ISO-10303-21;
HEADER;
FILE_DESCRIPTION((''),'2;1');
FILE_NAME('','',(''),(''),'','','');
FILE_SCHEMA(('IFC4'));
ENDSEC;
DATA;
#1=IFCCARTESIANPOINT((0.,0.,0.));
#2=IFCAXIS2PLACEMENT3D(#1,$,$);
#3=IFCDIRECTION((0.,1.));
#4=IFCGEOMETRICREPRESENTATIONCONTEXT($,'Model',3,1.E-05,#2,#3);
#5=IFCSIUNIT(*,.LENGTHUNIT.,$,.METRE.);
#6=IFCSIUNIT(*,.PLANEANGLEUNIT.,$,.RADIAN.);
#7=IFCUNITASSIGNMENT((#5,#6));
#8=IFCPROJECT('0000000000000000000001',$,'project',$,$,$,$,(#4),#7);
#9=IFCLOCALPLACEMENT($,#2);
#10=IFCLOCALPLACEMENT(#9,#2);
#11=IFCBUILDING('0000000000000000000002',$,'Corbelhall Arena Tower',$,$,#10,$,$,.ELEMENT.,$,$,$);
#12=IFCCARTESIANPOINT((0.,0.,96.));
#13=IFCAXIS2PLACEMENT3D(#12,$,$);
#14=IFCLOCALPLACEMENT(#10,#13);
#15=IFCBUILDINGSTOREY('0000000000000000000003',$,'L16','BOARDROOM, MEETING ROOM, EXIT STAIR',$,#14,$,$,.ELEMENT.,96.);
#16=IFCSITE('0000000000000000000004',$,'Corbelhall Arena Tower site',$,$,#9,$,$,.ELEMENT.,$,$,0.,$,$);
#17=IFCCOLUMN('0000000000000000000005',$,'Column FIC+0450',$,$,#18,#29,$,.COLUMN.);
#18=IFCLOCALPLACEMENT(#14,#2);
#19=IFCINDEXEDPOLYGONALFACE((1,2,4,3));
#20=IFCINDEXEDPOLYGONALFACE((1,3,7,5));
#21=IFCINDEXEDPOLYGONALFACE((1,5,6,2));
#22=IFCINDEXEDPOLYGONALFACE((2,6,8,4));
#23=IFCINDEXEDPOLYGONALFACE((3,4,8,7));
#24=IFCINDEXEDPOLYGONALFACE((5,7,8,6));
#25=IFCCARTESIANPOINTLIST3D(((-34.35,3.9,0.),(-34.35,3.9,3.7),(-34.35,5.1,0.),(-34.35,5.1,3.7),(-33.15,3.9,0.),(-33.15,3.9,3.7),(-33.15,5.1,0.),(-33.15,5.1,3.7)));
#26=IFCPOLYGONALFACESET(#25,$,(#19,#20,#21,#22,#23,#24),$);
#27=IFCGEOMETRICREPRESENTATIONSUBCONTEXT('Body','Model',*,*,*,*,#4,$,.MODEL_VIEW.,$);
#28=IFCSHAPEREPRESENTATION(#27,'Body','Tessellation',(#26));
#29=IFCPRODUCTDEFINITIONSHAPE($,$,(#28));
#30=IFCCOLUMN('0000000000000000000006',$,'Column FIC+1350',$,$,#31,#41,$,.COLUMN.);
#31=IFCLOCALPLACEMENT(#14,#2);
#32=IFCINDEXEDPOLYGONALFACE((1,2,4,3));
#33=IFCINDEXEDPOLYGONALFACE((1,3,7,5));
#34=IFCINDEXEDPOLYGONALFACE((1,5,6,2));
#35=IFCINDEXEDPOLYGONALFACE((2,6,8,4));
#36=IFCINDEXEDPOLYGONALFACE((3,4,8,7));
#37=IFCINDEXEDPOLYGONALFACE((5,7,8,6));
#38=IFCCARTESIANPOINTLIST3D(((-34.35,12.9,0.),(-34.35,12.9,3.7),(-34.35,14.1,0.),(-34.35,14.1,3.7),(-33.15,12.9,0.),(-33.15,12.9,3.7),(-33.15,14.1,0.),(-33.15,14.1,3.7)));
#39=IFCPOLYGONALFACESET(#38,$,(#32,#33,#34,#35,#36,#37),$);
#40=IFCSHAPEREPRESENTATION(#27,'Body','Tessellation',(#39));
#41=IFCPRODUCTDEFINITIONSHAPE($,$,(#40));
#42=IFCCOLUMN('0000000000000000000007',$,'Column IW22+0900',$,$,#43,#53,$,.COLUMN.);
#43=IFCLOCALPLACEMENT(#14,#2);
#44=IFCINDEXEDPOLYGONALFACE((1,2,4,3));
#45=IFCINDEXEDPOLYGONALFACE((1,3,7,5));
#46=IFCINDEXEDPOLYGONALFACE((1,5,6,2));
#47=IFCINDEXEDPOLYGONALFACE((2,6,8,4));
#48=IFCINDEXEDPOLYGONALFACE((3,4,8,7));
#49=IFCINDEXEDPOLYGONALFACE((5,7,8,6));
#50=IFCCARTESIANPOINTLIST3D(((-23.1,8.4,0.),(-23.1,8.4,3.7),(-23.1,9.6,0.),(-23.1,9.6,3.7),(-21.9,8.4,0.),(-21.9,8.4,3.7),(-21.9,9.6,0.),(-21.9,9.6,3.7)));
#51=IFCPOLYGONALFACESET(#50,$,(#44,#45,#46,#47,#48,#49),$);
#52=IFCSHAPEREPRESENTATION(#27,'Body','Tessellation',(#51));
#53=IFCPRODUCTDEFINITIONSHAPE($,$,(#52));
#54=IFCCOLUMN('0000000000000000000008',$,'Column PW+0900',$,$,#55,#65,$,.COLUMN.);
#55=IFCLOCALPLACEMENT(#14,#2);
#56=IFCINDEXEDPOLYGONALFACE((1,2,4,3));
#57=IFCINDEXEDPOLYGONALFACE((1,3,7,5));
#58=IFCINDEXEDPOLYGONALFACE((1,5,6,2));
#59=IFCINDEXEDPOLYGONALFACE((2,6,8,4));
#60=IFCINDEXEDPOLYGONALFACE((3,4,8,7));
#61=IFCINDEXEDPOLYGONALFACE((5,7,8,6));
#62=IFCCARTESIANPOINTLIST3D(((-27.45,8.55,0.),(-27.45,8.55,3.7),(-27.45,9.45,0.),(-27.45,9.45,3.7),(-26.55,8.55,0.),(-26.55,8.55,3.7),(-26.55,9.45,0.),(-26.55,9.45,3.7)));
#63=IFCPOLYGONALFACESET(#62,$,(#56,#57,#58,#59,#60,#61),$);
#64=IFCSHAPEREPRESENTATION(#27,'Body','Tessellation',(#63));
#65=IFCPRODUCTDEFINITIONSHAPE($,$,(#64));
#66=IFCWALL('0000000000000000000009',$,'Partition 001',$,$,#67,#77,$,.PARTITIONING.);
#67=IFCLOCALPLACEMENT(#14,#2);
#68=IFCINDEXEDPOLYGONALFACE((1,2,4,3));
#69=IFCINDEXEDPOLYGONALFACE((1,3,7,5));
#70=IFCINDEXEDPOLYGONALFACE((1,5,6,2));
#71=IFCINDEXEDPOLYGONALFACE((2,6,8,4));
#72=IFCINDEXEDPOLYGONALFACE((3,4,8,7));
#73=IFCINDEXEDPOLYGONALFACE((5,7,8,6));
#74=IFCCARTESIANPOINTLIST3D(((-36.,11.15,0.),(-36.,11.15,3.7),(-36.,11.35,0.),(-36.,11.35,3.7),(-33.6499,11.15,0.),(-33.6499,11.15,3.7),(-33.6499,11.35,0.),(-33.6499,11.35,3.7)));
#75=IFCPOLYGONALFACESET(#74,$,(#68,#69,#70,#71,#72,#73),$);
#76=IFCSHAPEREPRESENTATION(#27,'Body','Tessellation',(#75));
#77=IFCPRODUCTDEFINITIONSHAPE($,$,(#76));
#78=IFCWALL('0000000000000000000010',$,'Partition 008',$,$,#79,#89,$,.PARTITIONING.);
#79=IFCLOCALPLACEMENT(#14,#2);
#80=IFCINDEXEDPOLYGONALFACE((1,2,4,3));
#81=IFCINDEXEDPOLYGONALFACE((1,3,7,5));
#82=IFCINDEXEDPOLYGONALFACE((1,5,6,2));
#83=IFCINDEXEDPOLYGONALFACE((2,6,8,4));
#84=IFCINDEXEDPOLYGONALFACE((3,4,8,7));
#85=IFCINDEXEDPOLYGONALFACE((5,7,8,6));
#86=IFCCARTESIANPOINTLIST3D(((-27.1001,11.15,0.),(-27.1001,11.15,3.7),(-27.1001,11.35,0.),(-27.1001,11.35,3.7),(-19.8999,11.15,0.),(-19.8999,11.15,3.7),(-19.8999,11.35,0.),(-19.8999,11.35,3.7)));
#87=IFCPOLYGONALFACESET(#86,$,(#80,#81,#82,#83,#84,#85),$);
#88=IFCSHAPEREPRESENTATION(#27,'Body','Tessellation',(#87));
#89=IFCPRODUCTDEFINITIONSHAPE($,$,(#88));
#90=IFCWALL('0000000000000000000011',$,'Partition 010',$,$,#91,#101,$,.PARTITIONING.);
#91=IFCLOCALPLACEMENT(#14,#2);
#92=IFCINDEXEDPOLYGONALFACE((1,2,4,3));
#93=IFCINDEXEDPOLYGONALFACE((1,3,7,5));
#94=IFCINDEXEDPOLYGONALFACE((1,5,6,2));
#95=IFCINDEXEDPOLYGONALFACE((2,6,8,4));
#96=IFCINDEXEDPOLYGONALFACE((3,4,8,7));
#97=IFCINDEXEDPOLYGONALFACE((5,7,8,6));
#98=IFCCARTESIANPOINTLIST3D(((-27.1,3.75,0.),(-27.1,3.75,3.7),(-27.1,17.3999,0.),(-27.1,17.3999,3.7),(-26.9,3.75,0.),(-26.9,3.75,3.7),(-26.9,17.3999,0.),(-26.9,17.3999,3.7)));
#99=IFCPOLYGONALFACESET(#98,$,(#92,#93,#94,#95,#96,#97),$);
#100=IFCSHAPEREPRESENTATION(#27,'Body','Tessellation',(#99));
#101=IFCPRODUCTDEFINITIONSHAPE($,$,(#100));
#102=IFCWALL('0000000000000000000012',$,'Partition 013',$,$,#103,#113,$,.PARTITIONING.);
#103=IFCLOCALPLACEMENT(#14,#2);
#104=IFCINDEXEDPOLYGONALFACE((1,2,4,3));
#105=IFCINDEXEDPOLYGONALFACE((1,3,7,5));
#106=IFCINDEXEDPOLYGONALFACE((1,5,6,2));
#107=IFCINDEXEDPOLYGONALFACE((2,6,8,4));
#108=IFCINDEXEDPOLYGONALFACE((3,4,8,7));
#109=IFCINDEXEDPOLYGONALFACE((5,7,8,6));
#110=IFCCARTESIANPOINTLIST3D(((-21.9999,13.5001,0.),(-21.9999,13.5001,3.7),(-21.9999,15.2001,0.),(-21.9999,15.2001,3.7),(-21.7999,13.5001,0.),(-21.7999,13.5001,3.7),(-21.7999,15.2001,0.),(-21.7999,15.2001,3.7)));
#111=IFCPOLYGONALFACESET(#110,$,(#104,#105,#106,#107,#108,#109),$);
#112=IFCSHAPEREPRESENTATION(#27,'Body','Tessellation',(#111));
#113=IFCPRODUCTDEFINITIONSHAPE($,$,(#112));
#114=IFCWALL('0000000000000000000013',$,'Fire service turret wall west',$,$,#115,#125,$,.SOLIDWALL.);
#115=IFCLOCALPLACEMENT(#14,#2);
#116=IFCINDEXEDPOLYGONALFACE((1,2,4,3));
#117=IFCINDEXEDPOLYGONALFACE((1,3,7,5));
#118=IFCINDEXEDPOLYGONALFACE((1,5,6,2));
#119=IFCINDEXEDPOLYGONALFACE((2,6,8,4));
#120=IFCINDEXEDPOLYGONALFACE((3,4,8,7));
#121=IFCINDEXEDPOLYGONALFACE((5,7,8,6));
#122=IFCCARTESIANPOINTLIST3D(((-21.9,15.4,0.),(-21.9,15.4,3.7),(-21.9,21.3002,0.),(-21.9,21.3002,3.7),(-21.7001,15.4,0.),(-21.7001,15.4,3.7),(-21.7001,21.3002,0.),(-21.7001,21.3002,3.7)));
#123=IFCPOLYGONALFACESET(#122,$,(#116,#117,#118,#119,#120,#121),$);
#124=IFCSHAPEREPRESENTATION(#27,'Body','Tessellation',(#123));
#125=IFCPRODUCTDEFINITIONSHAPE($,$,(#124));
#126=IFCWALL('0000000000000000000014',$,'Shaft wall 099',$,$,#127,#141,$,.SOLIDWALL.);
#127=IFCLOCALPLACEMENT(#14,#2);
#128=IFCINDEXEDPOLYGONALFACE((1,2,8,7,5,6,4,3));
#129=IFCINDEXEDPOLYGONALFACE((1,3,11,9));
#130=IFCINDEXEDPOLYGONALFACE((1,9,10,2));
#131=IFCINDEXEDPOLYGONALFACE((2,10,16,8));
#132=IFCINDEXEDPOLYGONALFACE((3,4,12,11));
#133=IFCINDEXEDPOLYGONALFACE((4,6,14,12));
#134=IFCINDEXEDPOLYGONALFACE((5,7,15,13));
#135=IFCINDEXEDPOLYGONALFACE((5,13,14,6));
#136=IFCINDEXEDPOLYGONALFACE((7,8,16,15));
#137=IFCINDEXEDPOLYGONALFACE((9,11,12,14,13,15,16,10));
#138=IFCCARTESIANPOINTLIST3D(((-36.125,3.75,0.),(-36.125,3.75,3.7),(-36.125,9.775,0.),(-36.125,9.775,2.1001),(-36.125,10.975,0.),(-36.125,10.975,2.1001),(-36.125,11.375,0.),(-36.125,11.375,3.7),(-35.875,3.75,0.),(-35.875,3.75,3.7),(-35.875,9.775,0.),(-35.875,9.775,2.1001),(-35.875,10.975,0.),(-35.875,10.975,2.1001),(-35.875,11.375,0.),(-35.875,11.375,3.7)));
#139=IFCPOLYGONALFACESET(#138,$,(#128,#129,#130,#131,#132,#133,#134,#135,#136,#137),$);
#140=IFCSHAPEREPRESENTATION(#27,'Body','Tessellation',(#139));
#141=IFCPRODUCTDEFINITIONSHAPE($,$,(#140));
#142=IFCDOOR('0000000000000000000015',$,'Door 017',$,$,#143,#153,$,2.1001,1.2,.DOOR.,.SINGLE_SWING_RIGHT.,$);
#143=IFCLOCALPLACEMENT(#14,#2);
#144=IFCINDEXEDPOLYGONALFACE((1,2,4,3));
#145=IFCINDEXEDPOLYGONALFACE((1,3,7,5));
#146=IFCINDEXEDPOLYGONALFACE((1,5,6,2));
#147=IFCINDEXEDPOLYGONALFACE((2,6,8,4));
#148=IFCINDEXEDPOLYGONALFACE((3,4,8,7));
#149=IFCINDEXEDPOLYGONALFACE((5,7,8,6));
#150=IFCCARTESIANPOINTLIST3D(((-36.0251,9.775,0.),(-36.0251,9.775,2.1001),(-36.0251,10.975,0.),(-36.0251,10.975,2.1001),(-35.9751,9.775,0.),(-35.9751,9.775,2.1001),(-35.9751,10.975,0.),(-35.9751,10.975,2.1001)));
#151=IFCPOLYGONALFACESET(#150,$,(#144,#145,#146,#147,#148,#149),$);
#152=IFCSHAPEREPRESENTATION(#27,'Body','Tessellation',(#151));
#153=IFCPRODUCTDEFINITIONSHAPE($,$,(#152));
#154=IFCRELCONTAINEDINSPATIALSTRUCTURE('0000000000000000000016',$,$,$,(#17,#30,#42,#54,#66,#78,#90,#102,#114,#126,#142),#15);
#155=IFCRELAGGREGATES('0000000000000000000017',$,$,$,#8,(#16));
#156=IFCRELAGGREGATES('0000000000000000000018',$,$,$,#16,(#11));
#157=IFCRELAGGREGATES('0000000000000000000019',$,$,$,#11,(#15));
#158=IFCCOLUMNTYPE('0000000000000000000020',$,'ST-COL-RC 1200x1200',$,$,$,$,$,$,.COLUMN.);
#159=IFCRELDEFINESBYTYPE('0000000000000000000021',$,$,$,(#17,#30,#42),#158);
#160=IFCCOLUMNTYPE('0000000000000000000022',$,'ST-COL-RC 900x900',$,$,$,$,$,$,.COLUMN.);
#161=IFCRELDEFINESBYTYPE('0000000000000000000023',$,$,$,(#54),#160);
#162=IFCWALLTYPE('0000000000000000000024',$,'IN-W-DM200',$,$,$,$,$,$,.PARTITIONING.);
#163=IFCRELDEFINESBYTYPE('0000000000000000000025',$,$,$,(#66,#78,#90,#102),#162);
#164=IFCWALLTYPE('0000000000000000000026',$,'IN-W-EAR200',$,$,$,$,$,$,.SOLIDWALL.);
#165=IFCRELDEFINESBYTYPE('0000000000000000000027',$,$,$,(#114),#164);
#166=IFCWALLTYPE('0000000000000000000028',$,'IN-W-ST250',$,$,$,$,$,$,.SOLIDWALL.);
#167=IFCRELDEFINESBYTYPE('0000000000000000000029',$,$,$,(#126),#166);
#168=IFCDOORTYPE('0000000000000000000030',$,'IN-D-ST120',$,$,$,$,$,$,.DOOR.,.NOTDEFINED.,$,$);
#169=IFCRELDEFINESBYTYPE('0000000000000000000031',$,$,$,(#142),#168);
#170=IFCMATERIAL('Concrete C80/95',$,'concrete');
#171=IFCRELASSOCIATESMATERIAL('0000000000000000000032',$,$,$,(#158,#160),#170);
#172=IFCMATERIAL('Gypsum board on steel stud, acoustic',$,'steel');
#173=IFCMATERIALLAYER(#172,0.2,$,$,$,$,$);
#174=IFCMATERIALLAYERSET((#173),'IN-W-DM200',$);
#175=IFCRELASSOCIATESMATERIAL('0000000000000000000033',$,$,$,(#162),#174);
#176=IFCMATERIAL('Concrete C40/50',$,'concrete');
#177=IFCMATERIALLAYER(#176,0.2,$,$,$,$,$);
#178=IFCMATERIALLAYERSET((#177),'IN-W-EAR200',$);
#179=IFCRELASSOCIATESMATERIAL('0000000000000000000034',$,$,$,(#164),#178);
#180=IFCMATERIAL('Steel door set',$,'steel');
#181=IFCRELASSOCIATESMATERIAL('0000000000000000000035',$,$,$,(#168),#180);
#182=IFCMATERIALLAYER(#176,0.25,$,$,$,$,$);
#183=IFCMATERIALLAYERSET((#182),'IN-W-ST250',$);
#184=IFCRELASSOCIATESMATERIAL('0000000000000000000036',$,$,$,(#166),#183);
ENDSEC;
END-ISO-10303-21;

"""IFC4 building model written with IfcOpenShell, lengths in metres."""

from ifc_helpers import new_model, si_unit, direction, frame, frame_2d, origin, origin_2d, place, context, subcontext, project, spatial, rectangle, extrude, material, layer, layer_set, material_profile, profile_set, type_object, element, fill, save


model = new_model("IFC4")

# Units and contexts
model_context = context("Model", 3, precision=1e-05, world=origin(), true_north=direction((0.0, 1.0)))
body_context = subcontext(model_context, "Body", "Model", "MODEL_VIEW")
ifc_project = project(units=[si_unit("LENGTHUNIT", "METRE"), si_unit("PLANEANGLEUNIT", "RADIAN")], contexts=[model_context])

# Site, building, storey
site_placement = place(None, origin())
site = spatial("IfcSite", under=ifc_project, at=site_placement, Name="Corbelhall Arena Tower site", CompositionType="ELEMENT", RefElevation=0.0)
building_placement = place(site_placement, origin())
building = spatial("IfcBuilding", under=site, at=building_placement, Name="Corbelhall Arena Tower", CompositionType="ELEMENT")
storey_placement = place(building_placement, frame((0.0, 0.0, 96.0)))
storey = spatial("IfcBuildingStorey", under=building, at=storey_placement, Name="L16", Description="BOARDROOM, MEETING ROOM, EXIT STAIR", CompositionType="ELEMENT", Elevation=96.0)

# Columns
ifc_material_1 = material(Name="Concrete C80/95", Category="concrete")
ifc_material_profile_1 = material_profile(ifc_material_1, rectangle(XDim=1.2, YDim=1.2, at=origin_2d()))
ifc_profile_set_1 = profile_set([ifc_material_profile_1], Name="Concrete C80/95")
column_type_1 = type_object("IfcColumnType", Name="ST-COL-RC 1200x1200", PredefinedType="COLUMN", material=ifc_profile_set_1)
for number, where, z_axis, x_axis, name in (
    (1, (-33.75, 4.5, 0.0), (0.0, 0.0, 1.0), (1.0, 0.0, 0.0), "Column FIC+0450"),
    (2, (-33.75, 13.5, 0.0), (0.0, 0.0, 1.0), (1.0, 0.0, 0.0), "Column FIC+1350"),
    (3, (-22.5, 9.0, 0.0), (0.0, 0.0, 1.0), (1.0, 0.0, 0.0), "Column IW22+0900"),
):
    element("IfcColumn", number, at=place(storey_placement, frame(where, z_axis=z_axis, x_axis=x_axis)), inside=storey, type_object=column_type_1, Name=name, PredefinedType="COLUMN", context=body_context, shape_type="SweptSolid", body=[
        extrude(rectangle(XDim=1.2, YDim=1.2, at=origin_2d()), origin(), (0.0, 0.0, 1.0), 3.7),
    ])
ifc_material_profile_2 = material_profile(ifc_material_1, rectangle(XDim=0.8999, YDim=0.8999, at=origin_2d()))
ifc_profile_set_2 = profile_set([ifc_material_profile_2], Name="Concrete C80/95")
column_type_2 = type_object("IfcColumnType", Name="ST-COL-RC 900x900", PredefinedType="COLUMN", material=ifc_profile_set_2)
column_placement = place(storey_placement, frame((-27.0, 9.0, 0.0), z_axis=(0.0, 0.0, 1.0), x_axis=(1.0, 0.0, 0.0)))
element("IfcColumn", 4, at=column_placement, inside=storey, type_object=column_type_2, Name="Column PW+0900", PredefinedType="COLUMN", context=body_context, shape_type="SweptSolid", body=[
    extrude(rectangle(XDim=0.8999, YDim=0.8999, at=origin_2d()), origin(), (0.0, 0.0, 1.0), 3.7),
])

# Wall
ifc_material_2 = material(Name="Gypsum board on steel stud, acoustic", Category="steel")
ifc_layer_1 = layer(ifc_material_2, 0.2)
ifc_layer_set_1 = layer_set([ifc_layer_1], Name="IN-W-DM200")
wall_type_1 = type_object("IfcWallType", Name="IN-W-DM200", PredefinedType="PARTITIONING", material=ifc_layer_set_1)
wall_1_placement = place(storey_placement, frame((-36.0, 11.25, 0.0), z_axis=(0.0, 0.0, 1.0), x_axis=(1.0, 0.0, 0.0)))
element("IfcWall", 5, at=wall_1_placement, inside=storey, type_object=wall_type_1, Name="Partition 001", PredefinedType="PARTITIONING", context=body_context, shape_type="SweptSolid", body=[
    extrude(rectangle(XDim=2.3501, YDim=0.2, at=frame_2d((1.175, 0.0))), origin(), (0.0, 0.0, 1.0), 3.7),
])

# Shared definitions
ifc_material_3 = material(Name="Steel door set", Category="steel")

# Walls
wall_2_placement = place(storey_placement, frame((-27.1001, 11.25, 0.0), z_axis=(0.0, 0.0, 1.0), x_axis=(1.0, 0.0, 0.0)))
element("IfcWall", 6, at=wall_2_placement, inside=storey, type_object=wall_type_1, Name="Partition 008", PredefinedType="PARTITIONING", context=body_context, shape_type="SweptSolid", body=[
    extrude(rectangle(XDim=7.2002, YDim=0.2, at=frame_2d((3.6001, 0.0))), origin(), (0.0, 0.0, 1.0), 3.7),
])
wall_3_placement = place(storey_placement, frame((-27.0, 3.75, 0.0), z_axis=(0.0, 0.0, 1.0), x_axis=(0.0, 1.0, 0.0)))
element("IfcWall", 7, at=wall_3_placement, inside=storey, type_object=wall_type_1, Name="Partition 010", PredefinedType="PARTITIONING", context=body_context, shape_type="SweptSolid", body=[
    extrude(rectangle(XDim=13.6499, YDim=0.2, at=frame_2d((6.825, 0.0))), origin(), (0.0, 0.0, 1.0), 3.7),
])
wall_4_placement = place(storey_placement, frame((-21.8999, 13.5, 0.0), z_axis=(0.0, 0.0, 1.0), x_axis=(0.0, 1.0, 0.0)))
element("IfcWall", 8, at=wall_4_placement, inside=storey, type_object=wall_type_1, Name="Partition 013", PredefinedType="PARTITIONING", context=body_context, shape_type="SweptSolid", body=[
    extrude(rectangle(XDim=1.7, YDim=0.2, at=frame_2d((0.8501, 0.0))), origin(), (0.0, 0.0, 1.0), 3.7),
])

# Shared definitions
ifc_material_4 = material(Name="Concrete C40/50", Category="concrete")
ifc_layer_2 = layer(ifc_material_4, 0.2)
ifc_layer_set_2 = layer_set([ifc_layer_2], Name="IN-W-EAR200")
wall_type_2 = type_object("IfcWallType", Name="IN-W-EAR200", PredefinedType="SOLIDWALL", material=ifc_layer_set_2)
door_type_1 = type_object("IfcDoorType", Name="IN-D-ST120", OperationType="NOTDEFINED", PredefinedType="DOOR", material=ifc_material_3)

# Wall
wall_5_placement = place(storey_placement, frame((-21.8, 15.3999, 0.0), z_axis=(0.0, 0.0, 1.0), x_axis=(0.0, 1.0, 0.0)))
element("IfcWall", 9, at=wall_5_placement, inside=storey, type_object=wall_type_2, Name="Fire service turret wall west", PredefinedType="SOLIDWALL", context=body_context, shape_type="SweptSolid", body=[
    extrude(rectangle(XDim=5.9001, YDim=0.2, at=frame_2d((2.9502, 0.0))), origin(), (0.0, 0.0, 1.0), 3.7),
])

# Wall, opening, door
ifc_layer_3 = layer(ifc_material_4, 0.25)
ifc_layer_set_3 = layer_set([ifc_layer_3], Name="IN-W-ST250")
wall_type_3 = type_object("IfcWallType", Name="IN-W-ST250", PredefinedType="SOLIDWALL", material=ifc_layer_set_3)
wall_6_placement = place(storey_placement, frame((-36.0, 11.375, 0.0), z_axis=(0.0, 0.0, 1.0), x_axis=(0.0, -1.0, 0.0)))
wall_6 = element("IfcWall", 10, at=wall_6_placement, inside=storey, type_object=wall_type_3, Name="Shaft wall 099", PredefinedType="SOLIDWALL", context=body_context, shape_type="SweptSolid", body=[
    extrude(rectangle(XDim=7.625, YDim=0.25, at=frame_2d((3.8125, 0.0))), origin(), (0.0, 0.0, 1.0), 3.7),
])
opening_1_placement = place(wall_6_placement, frame((0.3999, 0.0, 0.0)))
opening_1 = element("IfcOpeningElement", 11, at=opening_1_placement, cuts=wall_6, PredefinedType="OPENING", context=body_context, shape_type="SweptSolid", body=[
    extrude(rectangle(XDim=1.2, YDim=2.1001, at=frame_2d((0.6001, 1.05))), frame((0.0, 0.125, 0.0), z_axis=(0.0, -1.0, 0.0), x_axis=(1.0, 0.0, 0.0)), (0.0, 0.0, 1.0), 0.25),
])
door_1_placement = place(opening_1_placement, origin())
door_1 = element("IfcDoor", 12, at=door_1_placement, inside=storey, type_object=door_type_1, Name="Door 017", OperationType="SINGLE_SWING_RIGHT", OverallHeight=2.1001, OverallWidth=1.2, PredefinedType="DOOR", context=body_context, shape_type="SweptSolid", body=[
    extrude(rectangle(XDim=1.2, YDim=2.1001, at=frame_2d((0.6001, 1.05))), frame((0.0, 0.0249, 0.0), z_axis=(0.0, -1.0, 0.0), x_axis=(1.0, 0.0, 0.0)), (0.0, 0.0, 1.0), 0.05),
])
fill(opening_1, door_1)

save(model, "model.ifc")
